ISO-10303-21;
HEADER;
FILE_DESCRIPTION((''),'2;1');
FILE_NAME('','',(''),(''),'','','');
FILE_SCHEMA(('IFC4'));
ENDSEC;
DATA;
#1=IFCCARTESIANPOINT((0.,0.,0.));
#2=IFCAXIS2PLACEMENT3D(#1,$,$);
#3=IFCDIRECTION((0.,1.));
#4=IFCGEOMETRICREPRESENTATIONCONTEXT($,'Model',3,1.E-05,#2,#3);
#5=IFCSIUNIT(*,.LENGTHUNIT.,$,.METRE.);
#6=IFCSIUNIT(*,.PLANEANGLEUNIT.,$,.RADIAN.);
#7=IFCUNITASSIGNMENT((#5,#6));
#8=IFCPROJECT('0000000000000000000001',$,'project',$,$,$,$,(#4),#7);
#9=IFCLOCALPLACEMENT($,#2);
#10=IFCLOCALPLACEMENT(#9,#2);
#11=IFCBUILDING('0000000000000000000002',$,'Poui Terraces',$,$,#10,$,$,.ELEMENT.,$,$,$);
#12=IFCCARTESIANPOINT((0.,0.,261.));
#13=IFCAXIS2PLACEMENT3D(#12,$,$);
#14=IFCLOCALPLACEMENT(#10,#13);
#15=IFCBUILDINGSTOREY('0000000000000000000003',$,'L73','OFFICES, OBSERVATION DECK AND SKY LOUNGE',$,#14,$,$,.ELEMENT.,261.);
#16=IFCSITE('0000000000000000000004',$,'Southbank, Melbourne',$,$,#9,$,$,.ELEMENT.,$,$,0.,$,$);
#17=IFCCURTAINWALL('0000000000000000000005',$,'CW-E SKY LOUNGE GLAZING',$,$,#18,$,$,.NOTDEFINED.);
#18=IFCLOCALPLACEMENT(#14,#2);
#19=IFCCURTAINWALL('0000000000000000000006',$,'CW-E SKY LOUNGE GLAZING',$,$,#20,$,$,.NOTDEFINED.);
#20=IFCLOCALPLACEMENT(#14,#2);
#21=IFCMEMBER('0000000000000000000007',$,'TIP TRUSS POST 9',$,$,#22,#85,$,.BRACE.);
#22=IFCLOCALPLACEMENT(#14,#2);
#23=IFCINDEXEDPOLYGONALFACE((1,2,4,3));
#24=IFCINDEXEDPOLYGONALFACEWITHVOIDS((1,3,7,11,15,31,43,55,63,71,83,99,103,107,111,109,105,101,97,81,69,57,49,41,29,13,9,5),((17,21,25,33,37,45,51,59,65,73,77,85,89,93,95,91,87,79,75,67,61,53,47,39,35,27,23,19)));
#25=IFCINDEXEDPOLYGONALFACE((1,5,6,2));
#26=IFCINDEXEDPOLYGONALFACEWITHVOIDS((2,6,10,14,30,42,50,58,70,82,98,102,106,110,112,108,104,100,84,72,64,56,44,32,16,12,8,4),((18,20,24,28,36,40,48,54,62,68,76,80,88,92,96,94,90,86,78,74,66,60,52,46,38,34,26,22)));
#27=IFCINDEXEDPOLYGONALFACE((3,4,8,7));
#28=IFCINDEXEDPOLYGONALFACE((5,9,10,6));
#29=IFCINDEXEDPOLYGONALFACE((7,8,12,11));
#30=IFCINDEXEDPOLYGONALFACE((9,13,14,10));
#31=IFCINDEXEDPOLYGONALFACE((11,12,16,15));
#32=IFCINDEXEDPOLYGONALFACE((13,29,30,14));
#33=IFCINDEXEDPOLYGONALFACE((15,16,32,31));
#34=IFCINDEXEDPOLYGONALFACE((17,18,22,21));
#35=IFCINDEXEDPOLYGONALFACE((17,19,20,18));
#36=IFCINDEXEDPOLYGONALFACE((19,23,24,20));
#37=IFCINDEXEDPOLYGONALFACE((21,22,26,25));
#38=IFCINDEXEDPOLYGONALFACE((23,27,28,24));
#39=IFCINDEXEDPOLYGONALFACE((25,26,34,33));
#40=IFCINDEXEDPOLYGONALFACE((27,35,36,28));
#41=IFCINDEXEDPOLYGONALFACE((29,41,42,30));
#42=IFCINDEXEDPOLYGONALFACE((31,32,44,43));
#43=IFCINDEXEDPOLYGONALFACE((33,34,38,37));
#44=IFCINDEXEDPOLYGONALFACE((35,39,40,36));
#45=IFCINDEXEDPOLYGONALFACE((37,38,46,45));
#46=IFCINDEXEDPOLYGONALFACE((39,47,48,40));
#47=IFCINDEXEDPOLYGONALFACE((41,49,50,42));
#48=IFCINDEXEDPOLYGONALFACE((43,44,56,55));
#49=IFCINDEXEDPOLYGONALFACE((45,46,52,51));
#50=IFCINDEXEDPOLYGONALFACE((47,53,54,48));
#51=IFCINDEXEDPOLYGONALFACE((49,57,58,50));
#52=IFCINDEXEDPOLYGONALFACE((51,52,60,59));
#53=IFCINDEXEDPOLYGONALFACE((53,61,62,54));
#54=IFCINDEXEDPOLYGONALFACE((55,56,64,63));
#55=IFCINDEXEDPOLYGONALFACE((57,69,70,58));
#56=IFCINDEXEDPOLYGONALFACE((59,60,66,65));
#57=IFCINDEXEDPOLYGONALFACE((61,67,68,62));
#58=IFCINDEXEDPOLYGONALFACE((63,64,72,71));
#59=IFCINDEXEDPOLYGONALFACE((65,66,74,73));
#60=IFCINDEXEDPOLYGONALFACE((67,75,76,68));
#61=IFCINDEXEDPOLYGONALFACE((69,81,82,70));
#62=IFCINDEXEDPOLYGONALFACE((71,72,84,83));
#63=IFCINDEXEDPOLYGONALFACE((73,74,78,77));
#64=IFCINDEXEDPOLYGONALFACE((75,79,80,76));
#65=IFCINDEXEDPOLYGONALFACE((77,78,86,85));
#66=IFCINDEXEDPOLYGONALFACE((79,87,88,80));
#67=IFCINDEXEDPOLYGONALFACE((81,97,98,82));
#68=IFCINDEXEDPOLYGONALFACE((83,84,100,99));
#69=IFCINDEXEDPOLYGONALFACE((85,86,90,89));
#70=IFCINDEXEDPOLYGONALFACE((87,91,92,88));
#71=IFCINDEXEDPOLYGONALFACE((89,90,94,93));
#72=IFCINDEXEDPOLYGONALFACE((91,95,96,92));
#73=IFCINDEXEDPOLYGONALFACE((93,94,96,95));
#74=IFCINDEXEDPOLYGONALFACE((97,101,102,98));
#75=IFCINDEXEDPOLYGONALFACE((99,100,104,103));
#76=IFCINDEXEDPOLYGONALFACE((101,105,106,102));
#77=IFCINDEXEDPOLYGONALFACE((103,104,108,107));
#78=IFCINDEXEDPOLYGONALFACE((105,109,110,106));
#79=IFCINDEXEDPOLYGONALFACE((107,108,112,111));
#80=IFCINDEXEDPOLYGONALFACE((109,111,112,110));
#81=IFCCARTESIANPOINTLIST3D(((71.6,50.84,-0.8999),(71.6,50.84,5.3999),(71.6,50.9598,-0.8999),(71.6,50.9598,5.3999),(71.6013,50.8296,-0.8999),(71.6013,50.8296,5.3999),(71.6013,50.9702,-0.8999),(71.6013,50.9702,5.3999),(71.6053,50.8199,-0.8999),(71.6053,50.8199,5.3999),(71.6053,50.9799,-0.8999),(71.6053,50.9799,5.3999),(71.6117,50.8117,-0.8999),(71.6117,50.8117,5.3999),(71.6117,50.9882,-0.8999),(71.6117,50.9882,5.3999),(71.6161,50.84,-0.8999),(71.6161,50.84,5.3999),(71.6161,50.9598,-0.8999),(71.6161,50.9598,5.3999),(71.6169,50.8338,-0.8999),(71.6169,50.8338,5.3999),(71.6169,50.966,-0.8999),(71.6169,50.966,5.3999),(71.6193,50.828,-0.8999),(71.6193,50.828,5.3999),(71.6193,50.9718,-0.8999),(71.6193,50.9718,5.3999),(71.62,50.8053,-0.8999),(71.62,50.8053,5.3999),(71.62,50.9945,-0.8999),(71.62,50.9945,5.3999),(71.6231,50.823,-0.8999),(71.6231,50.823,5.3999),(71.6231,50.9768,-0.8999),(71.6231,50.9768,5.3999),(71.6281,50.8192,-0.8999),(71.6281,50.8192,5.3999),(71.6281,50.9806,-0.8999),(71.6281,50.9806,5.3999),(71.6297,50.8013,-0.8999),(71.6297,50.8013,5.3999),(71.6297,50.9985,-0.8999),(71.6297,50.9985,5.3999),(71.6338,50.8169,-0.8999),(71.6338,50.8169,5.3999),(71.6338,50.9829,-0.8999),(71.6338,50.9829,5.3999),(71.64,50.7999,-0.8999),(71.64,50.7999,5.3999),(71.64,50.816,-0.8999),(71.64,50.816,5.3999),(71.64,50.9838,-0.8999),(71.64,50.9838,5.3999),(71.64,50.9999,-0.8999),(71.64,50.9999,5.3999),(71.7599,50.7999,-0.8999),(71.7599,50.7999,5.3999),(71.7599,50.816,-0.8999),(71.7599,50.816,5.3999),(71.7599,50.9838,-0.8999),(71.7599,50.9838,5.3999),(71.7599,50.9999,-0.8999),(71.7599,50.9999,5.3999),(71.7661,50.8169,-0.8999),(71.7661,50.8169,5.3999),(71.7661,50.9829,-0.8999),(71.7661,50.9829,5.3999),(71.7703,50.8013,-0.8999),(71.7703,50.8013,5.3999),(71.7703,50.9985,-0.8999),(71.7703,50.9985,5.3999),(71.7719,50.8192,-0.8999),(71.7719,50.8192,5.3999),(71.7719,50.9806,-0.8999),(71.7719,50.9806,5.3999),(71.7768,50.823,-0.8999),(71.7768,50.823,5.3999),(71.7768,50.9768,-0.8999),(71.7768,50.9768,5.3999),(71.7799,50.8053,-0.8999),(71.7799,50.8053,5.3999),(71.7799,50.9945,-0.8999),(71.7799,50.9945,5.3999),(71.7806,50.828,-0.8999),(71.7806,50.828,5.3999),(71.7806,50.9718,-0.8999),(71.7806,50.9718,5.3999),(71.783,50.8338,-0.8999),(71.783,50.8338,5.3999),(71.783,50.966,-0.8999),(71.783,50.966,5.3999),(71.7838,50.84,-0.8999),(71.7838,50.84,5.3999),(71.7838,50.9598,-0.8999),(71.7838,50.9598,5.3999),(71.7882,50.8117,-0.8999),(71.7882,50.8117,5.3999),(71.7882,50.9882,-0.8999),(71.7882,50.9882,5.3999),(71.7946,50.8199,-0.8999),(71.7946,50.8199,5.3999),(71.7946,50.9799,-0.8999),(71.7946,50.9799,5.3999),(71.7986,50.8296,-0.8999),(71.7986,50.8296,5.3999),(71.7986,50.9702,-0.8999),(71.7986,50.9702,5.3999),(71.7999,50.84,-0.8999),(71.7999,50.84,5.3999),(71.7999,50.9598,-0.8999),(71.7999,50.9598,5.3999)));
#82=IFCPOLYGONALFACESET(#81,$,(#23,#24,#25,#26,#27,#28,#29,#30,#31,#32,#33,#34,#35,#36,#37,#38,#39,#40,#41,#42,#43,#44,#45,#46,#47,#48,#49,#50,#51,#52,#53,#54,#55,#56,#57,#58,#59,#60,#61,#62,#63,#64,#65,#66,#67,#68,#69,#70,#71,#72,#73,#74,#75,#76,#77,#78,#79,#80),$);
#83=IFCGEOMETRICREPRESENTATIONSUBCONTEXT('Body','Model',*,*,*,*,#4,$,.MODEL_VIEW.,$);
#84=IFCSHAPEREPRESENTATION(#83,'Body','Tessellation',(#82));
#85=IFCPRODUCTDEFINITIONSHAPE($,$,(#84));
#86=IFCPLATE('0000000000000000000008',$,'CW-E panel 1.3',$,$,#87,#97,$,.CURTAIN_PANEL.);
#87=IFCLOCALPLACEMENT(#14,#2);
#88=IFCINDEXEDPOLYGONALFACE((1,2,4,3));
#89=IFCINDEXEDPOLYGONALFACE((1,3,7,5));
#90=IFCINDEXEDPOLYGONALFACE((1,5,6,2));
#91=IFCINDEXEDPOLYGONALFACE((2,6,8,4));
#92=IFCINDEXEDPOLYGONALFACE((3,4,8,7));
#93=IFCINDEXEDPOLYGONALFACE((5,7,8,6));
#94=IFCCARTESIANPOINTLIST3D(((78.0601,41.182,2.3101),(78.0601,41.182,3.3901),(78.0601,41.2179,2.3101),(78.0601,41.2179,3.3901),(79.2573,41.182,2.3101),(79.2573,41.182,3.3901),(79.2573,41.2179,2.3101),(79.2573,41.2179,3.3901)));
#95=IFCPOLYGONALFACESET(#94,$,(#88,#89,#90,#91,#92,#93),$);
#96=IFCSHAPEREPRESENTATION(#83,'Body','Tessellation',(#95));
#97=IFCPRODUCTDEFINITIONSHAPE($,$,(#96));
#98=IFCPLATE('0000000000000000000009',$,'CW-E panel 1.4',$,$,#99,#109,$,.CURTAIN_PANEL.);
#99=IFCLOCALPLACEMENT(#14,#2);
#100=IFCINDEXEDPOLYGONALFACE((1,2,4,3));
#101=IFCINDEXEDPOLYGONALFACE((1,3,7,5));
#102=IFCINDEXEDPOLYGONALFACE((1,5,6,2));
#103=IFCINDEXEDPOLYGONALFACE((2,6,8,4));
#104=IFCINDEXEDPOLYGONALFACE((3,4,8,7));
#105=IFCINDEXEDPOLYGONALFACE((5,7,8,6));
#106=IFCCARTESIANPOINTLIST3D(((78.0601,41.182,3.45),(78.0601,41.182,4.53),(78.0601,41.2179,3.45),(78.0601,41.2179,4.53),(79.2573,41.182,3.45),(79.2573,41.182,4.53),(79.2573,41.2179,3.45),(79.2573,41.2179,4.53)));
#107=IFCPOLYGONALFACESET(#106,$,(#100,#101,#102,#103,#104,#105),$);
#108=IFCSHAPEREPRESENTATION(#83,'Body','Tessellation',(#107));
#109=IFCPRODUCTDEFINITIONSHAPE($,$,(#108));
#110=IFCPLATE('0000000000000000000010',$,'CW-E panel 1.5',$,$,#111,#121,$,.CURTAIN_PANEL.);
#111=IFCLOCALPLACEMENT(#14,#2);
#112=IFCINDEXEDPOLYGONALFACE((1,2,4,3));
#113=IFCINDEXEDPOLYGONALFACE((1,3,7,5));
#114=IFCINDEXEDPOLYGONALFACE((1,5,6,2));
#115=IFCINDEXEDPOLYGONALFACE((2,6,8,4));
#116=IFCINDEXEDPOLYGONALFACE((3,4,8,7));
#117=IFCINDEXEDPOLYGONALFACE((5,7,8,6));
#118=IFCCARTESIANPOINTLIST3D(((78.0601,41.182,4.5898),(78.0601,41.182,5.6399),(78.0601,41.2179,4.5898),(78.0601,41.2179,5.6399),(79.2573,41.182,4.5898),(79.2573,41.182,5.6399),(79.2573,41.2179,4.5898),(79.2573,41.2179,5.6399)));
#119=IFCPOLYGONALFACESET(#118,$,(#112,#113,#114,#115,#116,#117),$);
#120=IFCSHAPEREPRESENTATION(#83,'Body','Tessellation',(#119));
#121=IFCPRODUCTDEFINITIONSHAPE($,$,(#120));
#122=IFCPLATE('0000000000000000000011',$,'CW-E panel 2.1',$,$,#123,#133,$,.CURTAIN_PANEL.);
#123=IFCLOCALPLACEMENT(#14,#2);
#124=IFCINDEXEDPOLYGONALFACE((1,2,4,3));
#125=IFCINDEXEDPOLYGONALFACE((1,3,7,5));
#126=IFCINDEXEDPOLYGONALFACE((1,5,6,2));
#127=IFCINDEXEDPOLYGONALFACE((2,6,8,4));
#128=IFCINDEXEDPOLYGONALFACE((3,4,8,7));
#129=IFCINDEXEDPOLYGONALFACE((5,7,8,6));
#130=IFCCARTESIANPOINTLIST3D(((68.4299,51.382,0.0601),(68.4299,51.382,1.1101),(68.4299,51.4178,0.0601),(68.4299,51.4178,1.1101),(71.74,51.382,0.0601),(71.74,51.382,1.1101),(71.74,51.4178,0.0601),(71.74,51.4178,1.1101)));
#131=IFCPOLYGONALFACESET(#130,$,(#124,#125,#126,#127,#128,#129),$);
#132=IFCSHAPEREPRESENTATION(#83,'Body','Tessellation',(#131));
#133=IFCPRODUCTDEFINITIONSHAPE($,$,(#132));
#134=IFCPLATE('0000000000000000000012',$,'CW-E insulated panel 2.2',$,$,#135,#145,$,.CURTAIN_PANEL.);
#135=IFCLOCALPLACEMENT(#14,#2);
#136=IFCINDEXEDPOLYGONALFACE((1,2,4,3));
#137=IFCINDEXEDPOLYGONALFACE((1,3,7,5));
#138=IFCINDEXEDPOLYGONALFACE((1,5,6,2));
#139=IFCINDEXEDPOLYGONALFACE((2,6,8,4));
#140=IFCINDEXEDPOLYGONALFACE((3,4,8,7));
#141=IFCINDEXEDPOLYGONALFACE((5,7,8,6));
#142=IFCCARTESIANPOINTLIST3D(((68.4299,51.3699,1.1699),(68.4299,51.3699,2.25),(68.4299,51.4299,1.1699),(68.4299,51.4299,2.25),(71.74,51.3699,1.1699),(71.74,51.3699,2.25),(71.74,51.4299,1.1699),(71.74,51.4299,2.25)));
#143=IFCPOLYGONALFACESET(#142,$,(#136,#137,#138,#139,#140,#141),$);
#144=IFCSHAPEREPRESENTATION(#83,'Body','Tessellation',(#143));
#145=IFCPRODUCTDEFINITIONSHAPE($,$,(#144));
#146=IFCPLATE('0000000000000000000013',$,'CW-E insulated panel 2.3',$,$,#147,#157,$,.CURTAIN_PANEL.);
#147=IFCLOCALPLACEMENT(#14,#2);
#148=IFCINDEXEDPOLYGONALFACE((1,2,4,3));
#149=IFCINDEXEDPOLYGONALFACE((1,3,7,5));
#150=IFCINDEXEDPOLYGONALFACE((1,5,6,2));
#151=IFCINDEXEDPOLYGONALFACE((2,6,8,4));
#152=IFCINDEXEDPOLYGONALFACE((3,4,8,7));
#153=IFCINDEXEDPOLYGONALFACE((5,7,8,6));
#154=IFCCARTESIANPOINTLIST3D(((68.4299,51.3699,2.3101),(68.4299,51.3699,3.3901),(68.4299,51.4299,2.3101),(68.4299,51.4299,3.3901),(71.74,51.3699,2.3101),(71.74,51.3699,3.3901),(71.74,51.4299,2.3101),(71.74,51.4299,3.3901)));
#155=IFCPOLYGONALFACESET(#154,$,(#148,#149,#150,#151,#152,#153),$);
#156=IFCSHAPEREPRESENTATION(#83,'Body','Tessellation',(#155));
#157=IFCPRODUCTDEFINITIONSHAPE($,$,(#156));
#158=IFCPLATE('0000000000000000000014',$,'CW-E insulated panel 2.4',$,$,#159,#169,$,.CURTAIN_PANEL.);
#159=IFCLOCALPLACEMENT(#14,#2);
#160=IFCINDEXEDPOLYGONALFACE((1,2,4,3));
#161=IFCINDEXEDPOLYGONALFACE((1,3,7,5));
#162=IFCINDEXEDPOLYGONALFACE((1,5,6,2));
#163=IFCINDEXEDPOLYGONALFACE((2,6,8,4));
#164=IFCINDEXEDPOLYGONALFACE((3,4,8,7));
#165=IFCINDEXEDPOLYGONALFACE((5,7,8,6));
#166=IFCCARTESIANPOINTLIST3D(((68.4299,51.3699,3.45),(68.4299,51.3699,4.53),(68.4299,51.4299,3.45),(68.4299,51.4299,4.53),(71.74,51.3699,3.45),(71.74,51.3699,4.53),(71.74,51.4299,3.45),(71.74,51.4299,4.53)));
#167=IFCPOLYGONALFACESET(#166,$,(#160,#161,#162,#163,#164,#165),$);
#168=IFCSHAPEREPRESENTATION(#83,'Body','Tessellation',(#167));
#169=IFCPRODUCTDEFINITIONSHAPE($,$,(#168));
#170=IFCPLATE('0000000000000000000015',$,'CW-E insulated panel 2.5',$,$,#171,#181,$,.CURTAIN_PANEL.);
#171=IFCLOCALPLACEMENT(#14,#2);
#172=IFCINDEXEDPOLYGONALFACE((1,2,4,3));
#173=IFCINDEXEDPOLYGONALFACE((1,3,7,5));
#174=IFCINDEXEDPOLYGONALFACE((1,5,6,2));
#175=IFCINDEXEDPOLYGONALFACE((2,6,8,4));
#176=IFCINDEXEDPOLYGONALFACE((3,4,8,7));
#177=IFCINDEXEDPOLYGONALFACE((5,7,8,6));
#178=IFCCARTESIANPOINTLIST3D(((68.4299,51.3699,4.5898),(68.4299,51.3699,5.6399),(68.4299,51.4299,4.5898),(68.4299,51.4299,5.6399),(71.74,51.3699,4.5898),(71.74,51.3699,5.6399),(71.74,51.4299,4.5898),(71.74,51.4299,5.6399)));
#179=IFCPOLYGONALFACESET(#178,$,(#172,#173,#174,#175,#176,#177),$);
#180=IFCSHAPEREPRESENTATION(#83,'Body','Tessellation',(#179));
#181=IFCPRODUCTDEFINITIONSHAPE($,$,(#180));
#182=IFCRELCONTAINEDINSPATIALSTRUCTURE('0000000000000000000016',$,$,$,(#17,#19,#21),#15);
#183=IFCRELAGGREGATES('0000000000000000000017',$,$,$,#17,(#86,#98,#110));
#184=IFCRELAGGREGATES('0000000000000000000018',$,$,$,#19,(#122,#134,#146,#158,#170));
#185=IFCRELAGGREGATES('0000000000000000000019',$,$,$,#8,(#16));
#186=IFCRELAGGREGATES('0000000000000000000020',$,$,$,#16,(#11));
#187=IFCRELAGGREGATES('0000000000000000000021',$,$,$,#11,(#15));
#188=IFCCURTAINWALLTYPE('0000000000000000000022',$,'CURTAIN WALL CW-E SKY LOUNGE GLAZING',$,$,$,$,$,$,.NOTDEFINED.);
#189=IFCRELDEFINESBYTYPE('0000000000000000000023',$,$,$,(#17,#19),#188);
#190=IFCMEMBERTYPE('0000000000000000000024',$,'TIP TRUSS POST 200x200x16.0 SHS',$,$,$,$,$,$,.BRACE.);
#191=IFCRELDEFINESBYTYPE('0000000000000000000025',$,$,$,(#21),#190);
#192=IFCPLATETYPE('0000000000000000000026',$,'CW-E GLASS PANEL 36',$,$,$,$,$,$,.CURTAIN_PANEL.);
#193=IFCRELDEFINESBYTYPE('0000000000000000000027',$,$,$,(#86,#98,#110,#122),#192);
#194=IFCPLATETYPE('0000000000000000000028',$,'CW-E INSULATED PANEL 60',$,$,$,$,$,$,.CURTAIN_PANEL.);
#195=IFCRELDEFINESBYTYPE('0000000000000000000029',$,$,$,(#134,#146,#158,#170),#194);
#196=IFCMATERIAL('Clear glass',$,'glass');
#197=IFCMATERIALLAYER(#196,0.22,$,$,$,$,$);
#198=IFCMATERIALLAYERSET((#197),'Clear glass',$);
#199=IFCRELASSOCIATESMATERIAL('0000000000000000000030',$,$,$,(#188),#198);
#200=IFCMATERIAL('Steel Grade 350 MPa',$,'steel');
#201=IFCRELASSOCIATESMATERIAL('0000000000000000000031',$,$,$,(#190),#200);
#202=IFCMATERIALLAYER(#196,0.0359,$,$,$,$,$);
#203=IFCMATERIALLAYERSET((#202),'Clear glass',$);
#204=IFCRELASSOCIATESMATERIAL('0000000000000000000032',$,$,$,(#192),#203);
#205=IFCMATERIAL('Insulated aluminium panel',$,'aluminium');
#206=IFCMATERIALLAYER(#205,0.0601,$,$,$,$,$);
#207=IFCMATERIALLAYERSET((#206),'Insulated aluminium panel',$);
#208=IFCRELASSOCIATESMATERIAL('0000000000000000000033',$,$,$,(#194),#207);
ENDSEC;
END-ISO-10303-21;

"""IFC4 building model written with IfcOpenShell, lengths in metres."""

from ifc_helpers import new_model, si_unit, direction, frame, origin, origin_2d, place, context, subcontext, project, spatial, rectangle, hollow_rectangle, extrude, material, layer, layer_set, material_profile, profile_set, type_object, element, aggregate, save


model = new_model("IFC4")

# Units and contexts
model_context = context("Model", 3, precision=1e-05, world=origin(), true_north=direction((0.0, 1.0)))
body_context = subcontext(model_context, "Body", "Model", "MODEL_VIEW")
ifc_project = project(units=[si_unit("LENGTHUNIT", "METRE"), si_unit("PLANEANGLEUNIT", "RADIAN")], contexts=[model_context])

# Site, building, storey
site_placement = place(None, origin())
site = spatial("IfcSite", under=ifc_project, at=site_placement, Name="Southbank, Melbourne", CompositionType="ELEMENT", RefElevation=0.0)
building_placement = place(site_placement, origin())
building = spatial("IfcBuilding", under=site, at=building_placement, Name="Poui Terraces", CompositionType="ELEMENT")
storey_placement = place(building_placement, frame((0.0, 0.0, 261.0)))
storey = spatial("IfcBuildingStorey", under=building, at=storey_placement, Name="L73", Description="OFFICES, OBSERVATION DECK AND SKY LOUNGE", CompositionType="ELEMENT", Elevation=261.0)

# Curtain walls
ifc_material_1 = material(Name="Clear glass", Category="glass")
ifc_layer_1 = layer(ifc_material_1, 0.22)
ifc_layer_set_1 = layer_set([ifc_layer_1], Name="Clear glass")
curtain_wall_type = type_object("IfcCurtainWallType", Name="CURTAIN WALL CW-E SKY LOUNGE GLAZING", PredefinedType="NOTDEFINED", material=ifc_layer_set_1)
curtain_wall_1_placement = place(storey_placement, origin())
curtain_wall_1 = element("IfcCurtainWall", 1, at=curtain_wall_1_placement, inside=storey, type_object=curtain_wall_type, Name="CW-E SKY LOUNGE GLAZING", PredefinedType="NOTDEFINED")
curtain_wall_2_placement = place(storey_placement, origin())
curtain_wall_2 = element("IfcCurtainWall", 2, at=curtain_wall_2_placement, inside=storey, type_object=curtain_wall_type, Name="CW-E SKY LOUNGE GLAZING", PredefinedType="NOTDEFINED")

# Member
ifc_material_2 = material(Name="Steel Grade 350 MPa", Category="steel")
ifc_material_profile_1 = material_profile(ifc_material_2, hollow_rectangle(XDim=0.2, YDim=0.2, WallThickness=0.0161, InnerFilletRadius=0.0239, OuterFilletRadius=0.04, at=origin_2d()), Name="200x200x16.0 SHS")
ifc_profile_set_1 = profile_set([ifc_material_profile_1], Name="Steel Grade 350 MPa")
member_type_1 = type_object("IfcMemberType", Name="TIP TRUSS POST 200x200x16.0 SHS", PredefinedType="BRACE", material=ifc_profile_set_1)
member_1_placement = place(storey_placement, frame((71.7, 50.8999, -0.8999), z_axis=(0.0, 0.0, 1.0), x_axis=(1.0, 0.0, 0.0)))
element("IfcMember", 3, at=member_1_placement, inside=storey, type_object=member_type_1, Name="TIP TRUSS POST 9", PredefinedType="BRACE", context=body_context, shape_type="SweptSolid", body=[
    extrude(hollow_rectangle(XDim=0.2, YDim=0.2, WallThickness=0.0161, InnerFilletRadius=0.0239, OuterFilletRadius=0.04, at=origin_2d()), origin(), (0.0, 0.0, 1.0), 6.2998),
])

# Plates
ifc_layer_2 = layer(ifc_material_1, 0.0359)
ifc_layer_set_2 = layer_set([ifc_layer_2], Name="Clear glass")
plate_type_1 = type_object("IfcPlateType", Name="CW-E GLASS PANEL 36", PredefinedType="CURTAIN_PANEL", material=ifc_layer_set_2)
plate_1_placement = place(storey_placement, frame((78.6587, 41.2, 2.3101), z_axis=(0.0, 0.0, 1.0), x_axis=(-1.0, 0.0, 0.0)))
plate_1 = element("IfcPlate", 4, at=plate_1_placement, type_object=plate_type_1, Name="CW-E panel 1.3", PredefinedType="CURTAIN_PANEL", context=body_context, shape_type="SweptSolid", body=[
    extrude(rectangle(XDim=1.1973, YDim=0.0359, at=origin_2d()), origin(), (0.0, 0.0, 1.0), 1.0801),
])
plate_2_placement = place(storey_placement, frame((78.6587, 41.2, 3.45), z_axis=(0.0, 0.0, 1.0), x_axis=(-1.0, 0.0, 0.0)))
plate_2 = element("IfcPlate", 5, at=plate_2_placement, type_object=plate_type_1, Name="CW-E panel 1.4", PredefinedType="CURTAIN_PANEL", context=body_context, shape_type="SweptSolid", body=[
    extrude(rectangle(XDim=1.1973, YDim=0.0359, at=origin_2d()), origin(), (0.0, 0.0, 1.0), 1.0801),
])
plate_3_placement = place(storey_placement, frame((78.6587, 41.2, 4.5898), z_axis=(0.0, 0.0, 1.0), x_axis=(-1.0, 0.0, 0.0)))
plate_3 = element("IfcPlate", 6, at=plate_3_placement, type_object=plate_type_1, Name="CW-E panel 1.5", PredefinedType="CURTAIN_PANEL", context=body_context, shape_type="SweptSolid", body=[
    extrude(rectangle(XDim=1.1973, YDim=0.0359, at=origin_2d()), origin(), (0.0, 0.0, 1.0), 1.05),
])
aggregate(curtain_wall_1, [plate_1, plate_2, plate_3])
plate_4_placement = place(storey_placement, frame((70.085, 51.3999, 0.0601), z_axis=(0.0, 0.0, 1.0), x_axis=(1.0, 0.0, 0.0)))
plate_4 = element("IfcPlate", 7, at=plate_4_placement, type_object=plate_type_1, Name="CW-E panel 2.1", PredefinedType="CURTAIN_PANEL", context=body_context, shape_type="SweptSolid", body=[
    extrude(rectangle(XDim=3.3101, YDim=0.0359, at=origin_2d()), origin(), (0.0, 0.0, 1.0), 1.05),
])
ifc_material_3 = material(Name="Insulated aluminium panel", Category="aluminium")
ifc_layer_3 = layer(ifc_material_3, 0.0601)
ifc_layer_set_3 = layer_set([ifc_layer_3], Name="Insulated aluminium panel")
plate_type_2 = type_object("IfcPlateType", Name="CW-E INSULATED PANEL 60", PredefinedType="CURTAIN_PANEL", material=ifc_layer_set_3)
plate_5_placement = place(storey_placement, frame((70.085, 51.3999, 1.1699), z_axis=(0.0, 0.0, 1.0), x_axis=(1.0, 0.0, 0.0)))
plate_5 = element("IfcPlate", 8, at=plate_5_placement, type_object=plate_type_2, Name="CW-E insulated panel 2.2", PredefinedType="CURTAIN_PANEL", context=body_context, shape_type="SweptSolid", body=[
    extrude(rectangle(XDim=3.3101, YDim=0.0601, at=origin_2d()), origin(), (0.0, 0.0, 1.0), 1.0801),
])
plate_6_placement = place(storey_placement, frame((70.085, 51.3999, 2.3101), z_axis=(0.0, 0.0, 1.0), x_axis=(1.0, 0.0, 0.0)))
plate_6 = element("IfcPlate", 9, at=plate_6_placement, type_object=plate_type_2, Name="CW-E insulated panel 2.3", PredefinedType="CURTAIN_PANEL", context=body_context, shape_type="SweptSolid", body=[
    extrude(rectangle(XDim=3.3101, YDim=0.0601, at=origin_2d()), origin(), (0.0, 0.0, 1.0), 1.0801),
])
plate_7_placement = place(storey_placement, frame((70.085, 51.3999, 3.45), z_axis=(0.0, 0.0, 1.0), x_axis=(1.0, 0.0, 0.0)))
plate_7 = element("IfcPlate", 10, at=plate_7_placement, type_object=plate_type_2, Name="CW-E insulated panel 2.4", PredefinedType="CURTAIN_PANEL", context=body_context, shape_type="SweptSolid", body=[
    extrude(rectangle(XDim=3.3101, YDim=0.0601, at=origin_2d()), origin(), (0.0, 0.0, 1.0), 1.0801),
])
plate_8_placement = place(storey_placement, frame((70.085, 51.3999, 4.5898), z_axis=(0.0, 0.0, 1.0), x_axis=(1.0, 0.0, 0.0)))
plate_8 = element("IfcPlate", 11, at=plate_8_placement, type_object=plate_type_2, Name="CW-E insulated panel 2.5", PredefinedType="CURTAIN_PANEL", context=body_context, shape_type="SweptSolid", body=[
    extrude(rectangle(XDim=3.3101, YDim=0.0601, at=origin_2d()), origin(), (0.0, 0.0, 1.0), 1.05),
])
aggregate(curtain_wall_2, [plate_4, plate_5, plate_6, plate_7, plate_8])

save(model, "model.ifc")
